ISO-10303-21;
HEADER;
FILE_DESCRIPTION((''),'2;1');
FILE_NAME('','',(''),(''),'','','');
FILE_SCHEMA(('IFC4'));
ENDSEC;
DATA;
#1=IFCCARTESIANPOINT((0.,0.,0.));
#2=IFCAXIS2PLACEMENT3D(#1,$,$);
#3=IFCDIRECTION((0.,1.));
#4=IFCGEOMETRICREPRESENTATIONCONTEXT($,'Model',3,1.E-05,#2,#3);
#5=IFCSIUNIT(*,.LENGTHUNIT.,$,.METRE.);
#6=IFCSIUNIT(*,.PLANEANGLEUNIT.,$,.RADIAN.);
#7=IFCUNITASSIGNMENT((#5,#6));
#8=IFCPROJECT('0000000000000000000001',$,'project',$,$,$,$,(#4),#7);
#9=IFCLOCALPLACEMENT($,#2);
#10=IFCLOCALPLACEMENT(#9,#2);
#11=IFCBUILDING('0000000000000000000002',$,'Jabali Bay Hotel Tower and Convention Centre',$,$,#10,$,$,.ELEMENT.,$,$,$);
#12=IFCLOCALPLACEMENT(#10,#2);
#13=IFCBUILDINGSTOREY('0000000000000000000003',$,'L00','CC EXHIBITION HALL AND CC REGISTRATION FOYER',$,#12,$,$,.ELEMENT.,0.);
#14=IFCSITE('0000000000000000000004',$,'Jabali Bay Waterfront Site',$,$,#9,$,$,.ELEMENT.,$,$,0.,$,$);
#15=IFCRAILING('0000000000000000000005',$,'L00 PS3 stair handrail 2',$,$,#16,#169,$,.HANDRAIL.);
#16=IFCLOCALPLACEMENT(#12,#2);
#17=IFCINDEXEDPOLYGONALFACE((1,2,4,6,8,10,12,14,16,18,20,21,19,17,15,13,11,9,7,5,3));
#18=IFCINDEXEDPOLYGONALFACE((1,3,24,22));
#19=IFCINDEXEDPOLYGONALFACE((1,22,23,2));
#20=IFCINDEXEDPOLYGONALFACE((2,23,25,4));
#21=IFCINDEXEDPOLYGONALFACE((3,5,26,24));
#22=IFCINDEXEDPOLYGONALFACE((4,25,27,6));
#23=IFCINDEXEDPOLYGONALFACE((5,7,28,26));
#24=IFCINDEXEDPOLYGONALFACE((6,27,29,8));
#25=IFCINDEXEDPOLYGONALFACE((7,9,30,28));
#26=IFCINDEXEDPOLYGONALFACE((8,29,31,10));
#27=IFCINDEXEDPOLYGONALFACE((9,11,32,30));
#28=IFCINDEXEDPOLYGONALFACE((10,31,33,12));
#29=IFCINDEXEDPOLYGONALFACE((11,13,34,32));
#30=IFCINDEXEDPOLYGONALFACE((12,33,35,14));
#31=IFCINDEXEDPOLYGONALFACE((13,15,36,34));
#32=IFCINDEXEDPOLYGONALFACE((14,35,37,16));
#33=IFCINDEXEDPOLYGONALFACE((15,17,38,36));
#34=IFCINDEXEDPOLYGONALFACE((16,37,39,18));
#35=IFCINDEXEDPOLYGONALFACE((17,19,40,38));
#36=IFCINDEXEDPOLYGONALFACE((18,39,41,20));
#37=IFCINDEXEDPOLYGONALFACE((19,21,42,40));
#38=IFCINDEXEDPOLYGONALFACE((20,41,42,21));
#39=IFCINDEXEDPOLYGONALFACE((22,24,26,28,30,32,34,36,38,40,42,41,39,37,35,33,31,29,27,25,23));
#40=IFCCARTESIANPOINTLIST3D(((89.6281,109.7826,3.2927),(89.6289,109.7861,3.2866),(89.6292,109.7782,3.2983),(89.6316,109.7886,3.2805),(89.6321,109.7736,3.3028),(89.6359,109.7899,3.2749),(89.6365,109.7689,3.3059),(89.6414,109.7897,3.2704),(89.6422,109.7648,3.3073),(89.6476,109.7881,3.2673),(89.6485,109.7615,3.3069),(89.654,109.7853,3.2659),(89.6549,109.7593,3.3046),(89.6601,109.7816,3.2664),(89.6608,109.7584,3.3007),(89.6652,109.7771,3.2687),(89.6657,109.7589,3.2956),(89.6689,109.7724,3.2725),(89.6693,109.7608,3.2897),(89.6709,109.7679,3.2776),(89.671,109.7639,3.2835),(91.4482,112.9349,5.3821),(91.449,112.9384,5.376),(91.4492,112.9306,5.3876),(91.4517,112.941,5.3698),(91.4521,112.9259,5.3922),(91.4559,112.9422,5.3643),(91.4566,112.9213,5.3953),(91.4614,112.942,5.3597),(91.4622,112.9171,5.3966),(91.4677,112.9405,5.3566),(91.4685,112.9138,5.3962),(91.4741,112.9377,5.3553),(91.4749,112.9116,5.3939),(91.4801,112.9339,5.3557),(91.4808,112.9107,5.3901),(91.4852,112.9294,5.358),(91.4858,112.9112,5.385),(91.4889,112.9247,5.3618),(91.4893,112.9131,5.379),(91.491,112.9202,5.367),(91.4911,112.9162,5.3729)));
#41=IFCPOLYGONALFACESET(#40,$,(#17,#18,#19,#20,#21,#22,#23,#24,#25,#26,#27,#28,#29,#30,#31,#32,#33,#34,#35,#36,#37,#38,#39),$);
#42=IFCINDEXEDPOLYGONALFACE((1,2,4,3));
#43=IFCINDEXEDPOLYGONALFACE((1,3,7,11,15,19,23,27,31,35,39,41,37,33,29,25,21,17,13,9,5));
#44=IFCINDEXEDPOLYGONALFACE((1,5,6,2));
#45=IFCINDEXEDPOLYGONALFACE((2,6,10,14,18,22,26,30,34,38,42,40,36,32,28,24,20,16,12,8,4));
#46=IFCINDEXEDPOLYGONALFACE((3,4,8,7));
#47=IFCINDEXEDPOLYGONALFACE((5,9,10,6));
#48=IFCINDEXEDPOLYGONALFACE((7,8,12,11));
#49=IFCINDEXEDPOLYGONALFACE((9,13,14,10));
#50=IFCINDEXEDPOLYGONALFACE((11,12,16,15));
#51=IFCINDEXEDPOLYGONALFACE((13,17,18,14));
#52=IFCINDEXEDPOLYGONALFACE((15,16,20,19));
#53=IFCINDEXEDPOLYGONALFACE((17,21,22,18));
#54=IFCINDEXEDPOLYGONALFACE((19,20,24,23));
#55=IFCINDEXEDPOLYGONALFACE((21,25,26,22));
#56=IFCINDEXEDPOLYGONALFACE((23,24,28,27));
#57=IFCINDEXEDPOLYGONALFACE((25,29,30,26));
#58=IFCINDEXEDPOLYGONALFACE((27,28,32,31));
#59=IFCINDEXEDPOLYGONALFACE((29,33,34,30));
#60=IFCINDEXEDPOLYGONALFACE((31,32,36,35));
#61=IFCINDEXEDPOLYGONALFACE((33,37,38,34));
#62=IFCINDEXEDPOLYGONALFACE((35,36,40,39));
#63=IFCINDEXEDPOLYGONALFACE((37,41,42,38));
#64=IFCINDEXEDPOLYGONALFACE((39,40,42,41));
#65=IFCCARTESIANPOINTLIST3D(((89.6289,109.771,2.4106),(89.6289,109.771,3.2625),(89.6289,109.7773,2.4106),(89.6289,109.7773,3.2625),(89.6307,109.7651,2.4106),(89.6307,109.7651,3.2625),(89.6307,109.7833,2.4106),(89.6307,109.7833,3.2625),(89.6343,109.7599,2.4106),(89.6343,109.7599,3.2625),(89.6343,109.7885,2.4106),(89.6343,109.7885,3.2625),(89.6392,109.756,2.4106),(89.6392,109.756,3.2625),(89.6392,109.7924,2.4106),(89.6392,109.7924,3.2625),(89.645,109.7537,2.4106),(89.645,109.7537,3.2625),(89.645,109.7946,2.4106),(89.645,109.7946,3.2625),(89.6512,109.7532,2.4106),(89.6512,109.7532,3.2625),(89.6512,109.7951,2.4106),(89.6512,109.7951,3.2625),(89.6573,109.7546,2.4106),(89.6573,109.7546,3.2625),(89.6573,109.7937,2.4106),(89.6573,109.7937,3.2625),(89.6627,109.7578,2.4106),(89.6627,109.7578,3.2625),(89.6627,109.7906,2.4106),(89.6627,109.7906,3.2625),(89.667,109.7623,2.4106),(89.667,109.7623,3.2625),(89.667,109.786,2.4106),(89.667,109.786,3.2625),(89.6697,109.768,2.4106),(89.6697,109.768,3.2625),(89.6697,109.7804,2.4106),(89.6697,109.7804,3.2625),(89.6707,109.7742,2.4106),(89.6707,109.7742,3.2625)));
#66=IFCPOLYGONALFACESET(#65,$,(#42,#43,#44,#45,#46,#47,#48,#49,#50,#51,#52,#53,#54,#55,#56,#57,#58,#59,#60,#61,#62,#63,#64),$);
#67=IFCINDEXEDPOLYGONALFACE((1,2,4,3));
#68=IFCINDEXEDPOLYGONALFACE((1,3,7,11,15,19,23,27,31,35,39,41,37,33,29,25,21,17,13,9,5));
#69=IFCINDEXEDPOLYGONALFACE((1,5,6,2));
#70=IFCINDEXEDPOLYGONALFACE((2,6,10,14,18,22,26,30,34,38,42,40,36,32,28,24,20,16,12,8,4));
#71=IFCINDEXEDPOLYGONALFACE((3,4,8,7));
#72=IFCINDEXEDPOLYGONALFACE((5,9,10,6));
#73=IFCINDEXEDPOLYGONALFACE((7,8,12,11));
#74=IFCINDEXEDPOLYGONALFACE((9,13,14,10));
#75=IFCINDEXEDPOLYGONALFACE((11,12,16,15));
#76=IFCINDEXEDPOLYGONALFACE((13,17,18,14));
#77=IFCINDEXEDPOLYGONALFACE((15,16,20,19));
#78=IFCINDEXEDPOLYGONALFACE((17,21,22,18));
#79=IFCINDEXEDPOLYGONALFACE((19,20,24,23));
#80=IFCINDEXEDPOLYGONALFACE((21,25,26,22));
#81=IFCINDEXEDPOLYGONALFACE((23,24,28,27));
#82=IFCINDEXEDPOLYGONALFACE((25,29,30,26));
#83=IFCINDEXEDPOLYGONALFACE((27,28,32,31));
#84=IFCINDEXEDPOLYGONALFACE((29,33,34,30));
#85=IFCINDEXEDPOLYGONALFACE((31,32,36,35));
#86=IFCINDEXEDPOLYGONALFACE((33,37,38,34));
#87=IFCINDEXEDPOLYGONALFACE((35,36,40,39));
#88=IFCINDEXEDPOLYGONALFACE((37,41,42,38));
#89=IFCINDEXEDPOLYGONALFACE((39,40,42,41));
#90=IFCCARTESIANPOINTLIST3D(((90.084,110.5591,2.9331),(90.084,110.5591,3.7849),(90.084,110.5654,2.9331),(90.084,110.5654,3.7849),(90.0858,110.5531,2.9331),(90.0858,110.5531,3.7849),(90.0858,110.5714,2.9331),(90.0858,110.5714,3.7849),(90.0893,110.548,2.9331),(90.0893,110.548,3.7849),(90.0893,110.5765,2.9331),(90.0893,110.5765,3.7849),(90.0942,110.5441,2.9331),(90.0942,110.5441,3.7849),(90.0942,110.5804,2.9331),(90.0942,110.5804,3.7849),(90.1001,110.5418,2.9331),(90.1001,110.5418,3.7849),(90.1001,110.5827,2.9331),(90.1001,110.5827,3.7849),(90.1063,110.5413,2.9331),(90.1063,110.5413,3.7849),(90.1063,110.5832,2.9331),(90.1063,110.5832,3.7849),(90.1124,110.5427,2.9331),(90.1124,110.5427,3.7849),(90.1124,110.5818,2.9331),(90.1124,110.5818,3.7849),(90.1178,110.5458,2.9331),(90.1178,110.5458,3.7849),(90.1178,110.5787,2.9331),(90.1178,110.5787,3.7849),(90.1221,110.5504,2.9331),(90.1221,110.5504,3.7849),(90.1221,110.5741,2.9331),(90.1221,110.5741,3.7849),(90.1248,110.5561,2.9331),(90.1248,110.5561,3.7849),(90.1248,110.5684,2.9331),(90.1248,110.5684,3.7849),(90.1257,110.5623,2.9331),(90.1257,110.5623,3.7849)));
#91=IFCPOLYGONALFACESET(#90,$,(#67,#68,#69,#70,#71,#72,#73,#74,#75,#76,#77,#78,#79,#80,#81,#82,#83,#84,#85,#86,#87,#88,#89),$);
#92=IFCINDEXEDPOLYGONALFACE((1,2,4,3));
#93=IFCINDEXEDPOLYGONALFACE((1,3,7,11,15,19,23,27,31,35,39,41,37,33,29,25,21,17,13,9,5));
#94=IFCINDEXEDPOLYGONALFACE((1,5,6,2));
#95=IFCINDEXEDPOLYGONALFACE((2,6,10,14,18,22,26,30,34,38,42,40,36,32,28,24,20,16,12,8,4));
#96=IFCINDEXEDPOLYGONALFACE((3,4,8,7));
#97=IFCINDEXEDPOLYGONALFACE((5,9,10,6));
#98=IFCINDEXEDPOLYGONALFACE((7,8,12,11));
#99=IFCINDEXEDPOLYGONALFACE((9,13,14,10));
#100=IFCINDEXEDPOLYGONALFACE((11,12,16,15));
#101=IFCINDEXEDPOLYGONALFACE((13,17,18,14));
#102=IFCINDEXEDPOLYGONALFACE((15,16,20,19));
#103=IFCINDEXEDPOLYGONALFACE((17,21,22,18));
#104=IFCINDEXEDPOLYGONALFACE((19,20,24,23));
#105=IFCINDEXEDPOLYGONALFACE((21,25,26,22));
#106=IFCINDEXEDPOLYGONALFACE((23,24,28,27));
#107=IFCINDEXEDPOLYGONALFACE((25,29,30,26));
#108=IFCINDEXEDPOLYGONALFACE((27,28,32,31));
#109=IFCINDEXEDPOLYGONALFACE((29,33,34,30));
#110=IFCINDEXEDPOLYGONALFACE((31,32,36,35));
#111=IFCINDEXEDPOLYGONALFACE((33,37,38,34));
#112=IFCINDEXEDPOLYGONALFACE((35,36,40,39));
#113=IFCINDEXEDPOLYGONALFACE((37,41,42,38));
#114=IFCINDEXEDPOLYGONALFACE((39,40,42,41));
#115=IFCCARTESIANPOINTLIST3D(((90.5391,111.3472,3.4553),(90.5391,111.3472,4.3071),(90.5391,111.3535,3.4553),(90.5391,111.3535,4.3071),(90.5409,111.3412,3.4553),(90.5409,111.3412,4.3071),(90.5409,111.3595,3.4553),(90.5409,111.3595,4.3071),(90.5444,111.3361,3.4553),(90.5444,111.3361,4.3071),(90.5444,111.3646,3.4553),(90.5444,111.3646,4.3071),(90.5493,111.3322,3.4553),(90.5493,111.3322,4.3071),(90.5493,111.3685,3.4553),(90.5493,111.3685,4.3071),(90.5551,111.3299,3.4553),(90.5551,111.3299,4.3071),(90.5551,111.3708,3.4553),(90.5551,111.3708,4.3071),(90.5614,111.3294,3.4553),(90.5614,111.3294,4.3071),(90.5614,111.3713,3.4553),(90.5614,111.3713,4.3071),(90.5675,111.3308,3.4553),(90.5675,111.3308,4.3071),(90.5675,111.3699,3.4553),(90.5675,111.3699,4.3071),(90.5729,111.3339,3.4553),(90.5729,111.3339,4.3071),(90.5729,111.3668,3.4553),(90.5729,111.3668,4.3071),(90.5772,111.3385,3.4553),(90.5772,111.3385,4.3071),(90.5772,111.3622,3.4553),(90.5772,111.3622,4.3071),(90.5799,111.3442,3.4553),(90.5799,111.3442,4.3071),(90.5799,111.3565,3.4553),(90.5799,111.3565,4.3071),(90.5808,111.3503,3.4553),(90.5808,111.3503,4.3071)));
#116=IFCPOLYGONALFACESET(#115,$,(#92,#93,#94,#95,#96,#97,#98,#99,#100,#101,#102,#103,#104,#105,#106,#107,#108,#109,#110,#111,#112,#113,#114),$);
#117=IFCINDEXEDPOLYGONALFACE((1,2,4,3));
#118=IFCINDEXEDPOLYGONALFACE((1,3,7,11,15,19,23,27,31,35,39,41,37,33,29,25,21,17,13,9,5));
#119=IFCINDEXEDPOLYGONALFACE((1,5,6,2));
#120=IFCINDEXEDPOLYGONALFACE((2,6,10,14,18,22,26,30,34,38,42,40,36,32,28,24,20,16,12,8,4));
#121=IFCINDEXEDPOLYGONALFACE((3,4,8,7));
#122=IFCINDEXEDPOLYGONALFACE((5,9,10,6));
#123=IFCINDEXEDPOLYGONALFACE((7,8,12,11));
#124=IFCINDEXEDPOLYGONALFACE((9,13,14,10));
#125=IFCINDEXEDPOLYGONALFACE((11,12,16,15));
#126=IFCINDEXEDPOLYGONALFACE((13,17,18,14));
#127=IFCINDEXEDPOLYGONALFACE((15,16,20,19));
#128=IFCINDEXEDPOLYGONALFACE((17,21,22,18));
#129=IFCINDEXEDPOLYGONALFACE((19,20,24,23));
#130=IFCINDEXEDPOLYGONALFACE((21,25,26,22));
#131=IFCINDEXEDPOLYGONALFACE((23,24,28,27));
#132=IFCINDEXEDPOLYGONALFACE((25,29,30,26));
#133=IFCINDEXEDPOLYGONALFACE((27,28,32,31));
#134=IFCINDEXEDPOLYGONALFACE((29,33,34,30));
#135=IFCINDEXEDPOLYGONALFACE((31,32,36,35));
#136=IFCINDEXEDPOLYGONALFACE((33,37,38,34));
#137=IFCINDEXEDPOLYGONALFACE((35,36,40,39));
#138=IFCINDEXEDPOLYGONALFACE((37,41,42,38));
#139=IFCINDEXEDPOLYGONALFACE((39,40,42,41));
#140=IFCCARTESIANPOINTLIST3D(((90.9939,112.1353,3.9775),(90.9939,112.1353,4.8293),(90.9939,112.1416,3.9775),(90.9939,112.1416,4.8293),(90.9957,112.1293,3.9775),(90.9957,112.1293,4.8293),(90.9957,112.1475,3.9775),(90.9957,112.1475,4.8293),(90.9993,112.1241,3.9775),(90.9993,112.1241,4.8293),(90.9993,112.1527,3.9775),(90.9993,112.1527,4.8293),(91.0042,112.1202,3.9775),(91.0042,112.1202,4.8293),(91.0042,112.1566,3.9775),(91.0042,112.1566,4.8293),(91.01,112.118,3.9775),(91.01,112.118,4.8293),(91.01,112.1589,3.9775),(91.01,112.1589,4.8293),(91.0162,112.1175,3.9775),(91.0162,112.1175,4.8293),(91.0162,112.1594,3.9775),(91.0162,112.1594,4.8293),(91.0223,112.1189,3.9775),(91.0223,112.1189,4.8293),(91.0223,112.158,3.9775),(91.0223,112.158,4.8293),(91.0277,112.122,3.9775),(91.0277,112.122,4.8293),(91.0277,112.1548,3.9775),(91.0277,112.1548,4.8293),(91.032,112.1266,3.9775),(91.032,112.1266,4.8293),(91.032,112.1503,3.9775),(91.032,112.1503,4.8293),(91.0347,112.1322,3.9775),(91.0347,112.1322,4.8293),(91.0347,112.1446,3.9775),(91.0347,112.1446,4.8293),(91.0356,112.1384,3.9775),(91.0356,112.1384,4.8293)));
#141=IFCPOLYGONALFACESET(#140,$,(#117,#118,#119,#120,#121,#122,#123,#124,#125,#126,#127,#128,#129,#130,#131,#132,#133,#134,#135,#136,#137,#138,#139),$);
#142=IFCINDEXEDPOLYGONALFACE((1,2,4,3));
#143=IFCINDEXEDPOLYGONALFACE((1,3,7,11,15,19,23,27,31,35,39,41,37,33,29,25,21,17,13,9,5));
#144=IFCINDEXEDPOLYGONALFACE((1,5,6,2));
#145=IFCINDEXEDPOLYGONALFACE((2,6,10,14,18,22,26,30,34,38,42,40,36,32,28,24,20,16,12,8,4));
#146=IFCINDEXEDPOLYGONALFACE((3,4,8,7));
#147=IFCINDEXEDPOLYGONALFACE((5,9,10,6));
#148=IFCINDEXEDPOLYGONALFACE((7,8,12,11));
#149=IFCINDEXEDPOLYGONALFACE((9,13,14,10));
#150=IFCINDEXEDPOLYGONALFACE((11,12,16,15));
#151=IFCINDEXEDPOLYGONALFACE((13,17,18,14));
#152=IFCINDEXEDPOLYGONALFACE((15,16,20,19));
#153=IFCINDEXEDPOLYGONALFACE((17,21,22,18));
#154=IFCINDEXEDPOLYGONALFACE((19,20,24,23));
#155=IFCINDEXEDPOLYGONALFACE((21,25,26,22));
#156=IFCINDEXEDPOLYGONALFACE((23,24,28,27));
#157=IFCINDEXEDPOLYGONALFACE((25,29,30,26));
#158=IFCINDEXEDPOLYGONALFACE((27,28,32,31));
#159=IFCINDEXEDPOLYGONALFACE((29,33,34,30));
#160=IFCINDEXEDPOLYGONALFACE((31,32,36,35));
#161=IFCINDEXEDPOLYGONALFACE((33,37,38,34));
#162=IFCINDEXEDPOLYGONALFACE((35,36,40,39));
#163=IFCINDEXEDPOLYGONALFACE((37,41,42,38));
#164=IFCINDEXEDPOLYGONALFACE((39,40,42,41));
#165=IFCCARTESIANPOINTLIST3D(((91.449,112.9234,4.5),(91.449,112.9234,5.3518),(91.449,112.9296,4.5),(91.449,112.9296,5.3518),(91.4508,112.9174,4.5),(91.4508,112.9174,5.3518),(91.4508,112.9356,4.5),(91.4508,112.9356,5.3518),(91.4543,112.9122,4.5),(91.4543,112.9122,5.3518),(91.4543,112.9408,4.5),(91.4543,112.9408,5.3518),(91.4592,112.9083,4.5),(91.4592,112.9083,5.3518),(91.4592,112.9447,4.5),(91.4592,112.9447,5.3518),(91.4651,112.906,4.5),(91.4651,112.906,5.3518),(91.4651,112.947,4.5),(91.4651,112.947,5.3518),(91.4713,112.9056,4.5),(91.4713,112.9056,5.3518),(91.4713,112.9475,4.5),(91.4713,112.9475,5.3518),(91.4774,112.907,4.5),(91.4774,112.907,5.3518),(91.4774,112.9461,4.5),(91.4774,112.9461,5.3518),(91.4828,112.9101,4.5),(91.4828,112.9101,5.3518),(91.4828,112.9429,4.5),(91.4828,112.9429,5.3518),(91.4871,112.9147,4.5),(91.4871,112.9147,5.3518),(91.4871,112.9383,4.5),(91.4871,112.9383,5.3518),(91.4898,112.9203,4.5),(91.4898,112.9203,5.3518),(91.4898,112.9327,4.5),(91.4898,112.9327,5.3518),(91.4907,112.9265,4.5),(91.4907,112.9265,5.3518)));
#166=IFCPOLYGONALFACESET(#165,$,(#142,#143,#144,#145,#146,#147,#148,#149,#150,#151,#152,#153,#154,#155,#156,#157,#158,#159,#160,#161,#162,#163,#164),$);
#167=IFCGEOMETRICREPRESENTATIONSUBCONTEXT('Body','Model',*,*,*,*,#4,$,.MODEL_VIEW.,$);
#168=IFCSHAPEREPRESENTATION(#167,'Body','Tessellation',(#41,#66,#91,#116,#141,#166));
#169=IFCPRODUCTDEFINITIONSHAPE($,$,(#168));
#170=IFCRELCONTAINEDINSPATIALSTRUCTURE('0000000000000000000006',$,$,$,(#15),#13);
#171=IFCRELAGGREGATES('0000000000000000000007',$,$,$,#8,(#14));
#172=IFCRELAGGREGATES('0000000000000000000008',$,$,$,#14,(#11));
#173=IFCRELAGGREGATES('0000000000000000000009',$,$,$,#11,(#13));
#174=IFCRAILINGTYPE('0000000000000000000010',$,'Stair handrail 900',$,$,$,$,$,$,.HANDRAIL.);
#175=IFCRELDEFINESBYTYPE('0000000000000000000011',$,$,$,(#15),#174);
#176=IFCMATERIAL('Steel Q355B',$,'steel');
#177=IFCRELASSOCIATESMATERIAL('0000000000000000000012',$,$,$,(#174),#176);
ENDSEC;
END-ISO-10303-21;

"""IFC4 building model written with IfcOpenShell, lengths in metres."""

from ifc_helpers import new_model, si_unit, direction, frame, origin, origin_2d, place, context, subcontext, project, spatial, circle, extrude, material, type_object, element, save


model = new_model("IFC4")

# Units and contexts
model_context = context("Model", 3, precision=1e-05, world=origin(), true_north=direction((0.0, 1.0)))
body_context = subcontext(model_context, "Body", "Model", "MODEL_VIEW")
ifc_project = project(units=[si_unit("LENGTHUNIT", "METRE"), si_unit("PLANEANGLEUNIT", "RADIAN")], contexts=[model_context])

# Site, building, storey
site_placement = place(None, origin())
site = spatial("IfcSite", under=ifc_project, at=site_placement, Name="Jabali Bay Waterfront Site", CompositionType="ELEMENT", RefElevation=0.0)
building_placement = place(site_placement, origin())
building = spatial("IfcBuilding", under=site, at=building_placement, Name="Jabali Bay Hotel Tower and Convention Centre", CompositionType="ELEMENT")
storey_placement = place(building_placement, origin())
storey = spatial("IfcBuildingStorey", under=building, at=storey_placement, Name="L00", Description="CC EXHIBITION HALL AND CC REGISTRATION FOYER", CompositionType="ELEMENT", Elevation=0.0)

# Railing
ifc_material_1 = material(Name="Steel Q355B", Category="steel")
railing_type_1 = type_object("IfcRailingType", Name="Stair handrail 900", PredefinedType="HANDRAIL", material=ifc_material_1)
for number, where, name in (
    (1, (89.6497, 109.7742, 2.4106), "L00 PS3 stair handrail 2"),
):
    element("IfcRailing", number, at=place(storey_placement, frame(where)), inside=storey, type_object=railing_type_1, Name=name, PredefinedType="HANDRAIL", context=body_context, shape_type="SweptSolid", body=[
        extrude(circle(Radius=0.0239, at=origin_2d()), frame((0.0, 0.0, 0.876), z_axis=(0.433653, 0.751084, 0.497814), x_axis=(-0.866018, 0.500013, 0.0)), (0.0, 0.0, 1.0), 4.197),
        extrude(circle(Radius=0.021, at=origin_2d()), origin(), (0.0, 0.0, 1.0), 0.8518),
        extrude(circle(Radius=0.021, at=origin_2d()), frame((0.4551, 0.7881, 0.5225)), (0.0, 0.0, 1.0), 0.8518),
        extrude(circle(Radius=0.021, at=origin_2d()), frame((0.9102, 1.5762, 1.0447)), (0.0, 0.0, 1.0), 0.8518),
        extrude(circle(Radius=0.021, at=origin_2d()), frame((1.365, 2.3643, 1.5669)), (0.0, 0.0, 1.0), 0.8518),
        extrude(circle(Radius=0.021, at=origin_2d()), frame((1.8201, 3.1523, 2.0894)), (0.0, 0.0, 1.0), 0.8518),
    ])

save(model, "model.ifc")
